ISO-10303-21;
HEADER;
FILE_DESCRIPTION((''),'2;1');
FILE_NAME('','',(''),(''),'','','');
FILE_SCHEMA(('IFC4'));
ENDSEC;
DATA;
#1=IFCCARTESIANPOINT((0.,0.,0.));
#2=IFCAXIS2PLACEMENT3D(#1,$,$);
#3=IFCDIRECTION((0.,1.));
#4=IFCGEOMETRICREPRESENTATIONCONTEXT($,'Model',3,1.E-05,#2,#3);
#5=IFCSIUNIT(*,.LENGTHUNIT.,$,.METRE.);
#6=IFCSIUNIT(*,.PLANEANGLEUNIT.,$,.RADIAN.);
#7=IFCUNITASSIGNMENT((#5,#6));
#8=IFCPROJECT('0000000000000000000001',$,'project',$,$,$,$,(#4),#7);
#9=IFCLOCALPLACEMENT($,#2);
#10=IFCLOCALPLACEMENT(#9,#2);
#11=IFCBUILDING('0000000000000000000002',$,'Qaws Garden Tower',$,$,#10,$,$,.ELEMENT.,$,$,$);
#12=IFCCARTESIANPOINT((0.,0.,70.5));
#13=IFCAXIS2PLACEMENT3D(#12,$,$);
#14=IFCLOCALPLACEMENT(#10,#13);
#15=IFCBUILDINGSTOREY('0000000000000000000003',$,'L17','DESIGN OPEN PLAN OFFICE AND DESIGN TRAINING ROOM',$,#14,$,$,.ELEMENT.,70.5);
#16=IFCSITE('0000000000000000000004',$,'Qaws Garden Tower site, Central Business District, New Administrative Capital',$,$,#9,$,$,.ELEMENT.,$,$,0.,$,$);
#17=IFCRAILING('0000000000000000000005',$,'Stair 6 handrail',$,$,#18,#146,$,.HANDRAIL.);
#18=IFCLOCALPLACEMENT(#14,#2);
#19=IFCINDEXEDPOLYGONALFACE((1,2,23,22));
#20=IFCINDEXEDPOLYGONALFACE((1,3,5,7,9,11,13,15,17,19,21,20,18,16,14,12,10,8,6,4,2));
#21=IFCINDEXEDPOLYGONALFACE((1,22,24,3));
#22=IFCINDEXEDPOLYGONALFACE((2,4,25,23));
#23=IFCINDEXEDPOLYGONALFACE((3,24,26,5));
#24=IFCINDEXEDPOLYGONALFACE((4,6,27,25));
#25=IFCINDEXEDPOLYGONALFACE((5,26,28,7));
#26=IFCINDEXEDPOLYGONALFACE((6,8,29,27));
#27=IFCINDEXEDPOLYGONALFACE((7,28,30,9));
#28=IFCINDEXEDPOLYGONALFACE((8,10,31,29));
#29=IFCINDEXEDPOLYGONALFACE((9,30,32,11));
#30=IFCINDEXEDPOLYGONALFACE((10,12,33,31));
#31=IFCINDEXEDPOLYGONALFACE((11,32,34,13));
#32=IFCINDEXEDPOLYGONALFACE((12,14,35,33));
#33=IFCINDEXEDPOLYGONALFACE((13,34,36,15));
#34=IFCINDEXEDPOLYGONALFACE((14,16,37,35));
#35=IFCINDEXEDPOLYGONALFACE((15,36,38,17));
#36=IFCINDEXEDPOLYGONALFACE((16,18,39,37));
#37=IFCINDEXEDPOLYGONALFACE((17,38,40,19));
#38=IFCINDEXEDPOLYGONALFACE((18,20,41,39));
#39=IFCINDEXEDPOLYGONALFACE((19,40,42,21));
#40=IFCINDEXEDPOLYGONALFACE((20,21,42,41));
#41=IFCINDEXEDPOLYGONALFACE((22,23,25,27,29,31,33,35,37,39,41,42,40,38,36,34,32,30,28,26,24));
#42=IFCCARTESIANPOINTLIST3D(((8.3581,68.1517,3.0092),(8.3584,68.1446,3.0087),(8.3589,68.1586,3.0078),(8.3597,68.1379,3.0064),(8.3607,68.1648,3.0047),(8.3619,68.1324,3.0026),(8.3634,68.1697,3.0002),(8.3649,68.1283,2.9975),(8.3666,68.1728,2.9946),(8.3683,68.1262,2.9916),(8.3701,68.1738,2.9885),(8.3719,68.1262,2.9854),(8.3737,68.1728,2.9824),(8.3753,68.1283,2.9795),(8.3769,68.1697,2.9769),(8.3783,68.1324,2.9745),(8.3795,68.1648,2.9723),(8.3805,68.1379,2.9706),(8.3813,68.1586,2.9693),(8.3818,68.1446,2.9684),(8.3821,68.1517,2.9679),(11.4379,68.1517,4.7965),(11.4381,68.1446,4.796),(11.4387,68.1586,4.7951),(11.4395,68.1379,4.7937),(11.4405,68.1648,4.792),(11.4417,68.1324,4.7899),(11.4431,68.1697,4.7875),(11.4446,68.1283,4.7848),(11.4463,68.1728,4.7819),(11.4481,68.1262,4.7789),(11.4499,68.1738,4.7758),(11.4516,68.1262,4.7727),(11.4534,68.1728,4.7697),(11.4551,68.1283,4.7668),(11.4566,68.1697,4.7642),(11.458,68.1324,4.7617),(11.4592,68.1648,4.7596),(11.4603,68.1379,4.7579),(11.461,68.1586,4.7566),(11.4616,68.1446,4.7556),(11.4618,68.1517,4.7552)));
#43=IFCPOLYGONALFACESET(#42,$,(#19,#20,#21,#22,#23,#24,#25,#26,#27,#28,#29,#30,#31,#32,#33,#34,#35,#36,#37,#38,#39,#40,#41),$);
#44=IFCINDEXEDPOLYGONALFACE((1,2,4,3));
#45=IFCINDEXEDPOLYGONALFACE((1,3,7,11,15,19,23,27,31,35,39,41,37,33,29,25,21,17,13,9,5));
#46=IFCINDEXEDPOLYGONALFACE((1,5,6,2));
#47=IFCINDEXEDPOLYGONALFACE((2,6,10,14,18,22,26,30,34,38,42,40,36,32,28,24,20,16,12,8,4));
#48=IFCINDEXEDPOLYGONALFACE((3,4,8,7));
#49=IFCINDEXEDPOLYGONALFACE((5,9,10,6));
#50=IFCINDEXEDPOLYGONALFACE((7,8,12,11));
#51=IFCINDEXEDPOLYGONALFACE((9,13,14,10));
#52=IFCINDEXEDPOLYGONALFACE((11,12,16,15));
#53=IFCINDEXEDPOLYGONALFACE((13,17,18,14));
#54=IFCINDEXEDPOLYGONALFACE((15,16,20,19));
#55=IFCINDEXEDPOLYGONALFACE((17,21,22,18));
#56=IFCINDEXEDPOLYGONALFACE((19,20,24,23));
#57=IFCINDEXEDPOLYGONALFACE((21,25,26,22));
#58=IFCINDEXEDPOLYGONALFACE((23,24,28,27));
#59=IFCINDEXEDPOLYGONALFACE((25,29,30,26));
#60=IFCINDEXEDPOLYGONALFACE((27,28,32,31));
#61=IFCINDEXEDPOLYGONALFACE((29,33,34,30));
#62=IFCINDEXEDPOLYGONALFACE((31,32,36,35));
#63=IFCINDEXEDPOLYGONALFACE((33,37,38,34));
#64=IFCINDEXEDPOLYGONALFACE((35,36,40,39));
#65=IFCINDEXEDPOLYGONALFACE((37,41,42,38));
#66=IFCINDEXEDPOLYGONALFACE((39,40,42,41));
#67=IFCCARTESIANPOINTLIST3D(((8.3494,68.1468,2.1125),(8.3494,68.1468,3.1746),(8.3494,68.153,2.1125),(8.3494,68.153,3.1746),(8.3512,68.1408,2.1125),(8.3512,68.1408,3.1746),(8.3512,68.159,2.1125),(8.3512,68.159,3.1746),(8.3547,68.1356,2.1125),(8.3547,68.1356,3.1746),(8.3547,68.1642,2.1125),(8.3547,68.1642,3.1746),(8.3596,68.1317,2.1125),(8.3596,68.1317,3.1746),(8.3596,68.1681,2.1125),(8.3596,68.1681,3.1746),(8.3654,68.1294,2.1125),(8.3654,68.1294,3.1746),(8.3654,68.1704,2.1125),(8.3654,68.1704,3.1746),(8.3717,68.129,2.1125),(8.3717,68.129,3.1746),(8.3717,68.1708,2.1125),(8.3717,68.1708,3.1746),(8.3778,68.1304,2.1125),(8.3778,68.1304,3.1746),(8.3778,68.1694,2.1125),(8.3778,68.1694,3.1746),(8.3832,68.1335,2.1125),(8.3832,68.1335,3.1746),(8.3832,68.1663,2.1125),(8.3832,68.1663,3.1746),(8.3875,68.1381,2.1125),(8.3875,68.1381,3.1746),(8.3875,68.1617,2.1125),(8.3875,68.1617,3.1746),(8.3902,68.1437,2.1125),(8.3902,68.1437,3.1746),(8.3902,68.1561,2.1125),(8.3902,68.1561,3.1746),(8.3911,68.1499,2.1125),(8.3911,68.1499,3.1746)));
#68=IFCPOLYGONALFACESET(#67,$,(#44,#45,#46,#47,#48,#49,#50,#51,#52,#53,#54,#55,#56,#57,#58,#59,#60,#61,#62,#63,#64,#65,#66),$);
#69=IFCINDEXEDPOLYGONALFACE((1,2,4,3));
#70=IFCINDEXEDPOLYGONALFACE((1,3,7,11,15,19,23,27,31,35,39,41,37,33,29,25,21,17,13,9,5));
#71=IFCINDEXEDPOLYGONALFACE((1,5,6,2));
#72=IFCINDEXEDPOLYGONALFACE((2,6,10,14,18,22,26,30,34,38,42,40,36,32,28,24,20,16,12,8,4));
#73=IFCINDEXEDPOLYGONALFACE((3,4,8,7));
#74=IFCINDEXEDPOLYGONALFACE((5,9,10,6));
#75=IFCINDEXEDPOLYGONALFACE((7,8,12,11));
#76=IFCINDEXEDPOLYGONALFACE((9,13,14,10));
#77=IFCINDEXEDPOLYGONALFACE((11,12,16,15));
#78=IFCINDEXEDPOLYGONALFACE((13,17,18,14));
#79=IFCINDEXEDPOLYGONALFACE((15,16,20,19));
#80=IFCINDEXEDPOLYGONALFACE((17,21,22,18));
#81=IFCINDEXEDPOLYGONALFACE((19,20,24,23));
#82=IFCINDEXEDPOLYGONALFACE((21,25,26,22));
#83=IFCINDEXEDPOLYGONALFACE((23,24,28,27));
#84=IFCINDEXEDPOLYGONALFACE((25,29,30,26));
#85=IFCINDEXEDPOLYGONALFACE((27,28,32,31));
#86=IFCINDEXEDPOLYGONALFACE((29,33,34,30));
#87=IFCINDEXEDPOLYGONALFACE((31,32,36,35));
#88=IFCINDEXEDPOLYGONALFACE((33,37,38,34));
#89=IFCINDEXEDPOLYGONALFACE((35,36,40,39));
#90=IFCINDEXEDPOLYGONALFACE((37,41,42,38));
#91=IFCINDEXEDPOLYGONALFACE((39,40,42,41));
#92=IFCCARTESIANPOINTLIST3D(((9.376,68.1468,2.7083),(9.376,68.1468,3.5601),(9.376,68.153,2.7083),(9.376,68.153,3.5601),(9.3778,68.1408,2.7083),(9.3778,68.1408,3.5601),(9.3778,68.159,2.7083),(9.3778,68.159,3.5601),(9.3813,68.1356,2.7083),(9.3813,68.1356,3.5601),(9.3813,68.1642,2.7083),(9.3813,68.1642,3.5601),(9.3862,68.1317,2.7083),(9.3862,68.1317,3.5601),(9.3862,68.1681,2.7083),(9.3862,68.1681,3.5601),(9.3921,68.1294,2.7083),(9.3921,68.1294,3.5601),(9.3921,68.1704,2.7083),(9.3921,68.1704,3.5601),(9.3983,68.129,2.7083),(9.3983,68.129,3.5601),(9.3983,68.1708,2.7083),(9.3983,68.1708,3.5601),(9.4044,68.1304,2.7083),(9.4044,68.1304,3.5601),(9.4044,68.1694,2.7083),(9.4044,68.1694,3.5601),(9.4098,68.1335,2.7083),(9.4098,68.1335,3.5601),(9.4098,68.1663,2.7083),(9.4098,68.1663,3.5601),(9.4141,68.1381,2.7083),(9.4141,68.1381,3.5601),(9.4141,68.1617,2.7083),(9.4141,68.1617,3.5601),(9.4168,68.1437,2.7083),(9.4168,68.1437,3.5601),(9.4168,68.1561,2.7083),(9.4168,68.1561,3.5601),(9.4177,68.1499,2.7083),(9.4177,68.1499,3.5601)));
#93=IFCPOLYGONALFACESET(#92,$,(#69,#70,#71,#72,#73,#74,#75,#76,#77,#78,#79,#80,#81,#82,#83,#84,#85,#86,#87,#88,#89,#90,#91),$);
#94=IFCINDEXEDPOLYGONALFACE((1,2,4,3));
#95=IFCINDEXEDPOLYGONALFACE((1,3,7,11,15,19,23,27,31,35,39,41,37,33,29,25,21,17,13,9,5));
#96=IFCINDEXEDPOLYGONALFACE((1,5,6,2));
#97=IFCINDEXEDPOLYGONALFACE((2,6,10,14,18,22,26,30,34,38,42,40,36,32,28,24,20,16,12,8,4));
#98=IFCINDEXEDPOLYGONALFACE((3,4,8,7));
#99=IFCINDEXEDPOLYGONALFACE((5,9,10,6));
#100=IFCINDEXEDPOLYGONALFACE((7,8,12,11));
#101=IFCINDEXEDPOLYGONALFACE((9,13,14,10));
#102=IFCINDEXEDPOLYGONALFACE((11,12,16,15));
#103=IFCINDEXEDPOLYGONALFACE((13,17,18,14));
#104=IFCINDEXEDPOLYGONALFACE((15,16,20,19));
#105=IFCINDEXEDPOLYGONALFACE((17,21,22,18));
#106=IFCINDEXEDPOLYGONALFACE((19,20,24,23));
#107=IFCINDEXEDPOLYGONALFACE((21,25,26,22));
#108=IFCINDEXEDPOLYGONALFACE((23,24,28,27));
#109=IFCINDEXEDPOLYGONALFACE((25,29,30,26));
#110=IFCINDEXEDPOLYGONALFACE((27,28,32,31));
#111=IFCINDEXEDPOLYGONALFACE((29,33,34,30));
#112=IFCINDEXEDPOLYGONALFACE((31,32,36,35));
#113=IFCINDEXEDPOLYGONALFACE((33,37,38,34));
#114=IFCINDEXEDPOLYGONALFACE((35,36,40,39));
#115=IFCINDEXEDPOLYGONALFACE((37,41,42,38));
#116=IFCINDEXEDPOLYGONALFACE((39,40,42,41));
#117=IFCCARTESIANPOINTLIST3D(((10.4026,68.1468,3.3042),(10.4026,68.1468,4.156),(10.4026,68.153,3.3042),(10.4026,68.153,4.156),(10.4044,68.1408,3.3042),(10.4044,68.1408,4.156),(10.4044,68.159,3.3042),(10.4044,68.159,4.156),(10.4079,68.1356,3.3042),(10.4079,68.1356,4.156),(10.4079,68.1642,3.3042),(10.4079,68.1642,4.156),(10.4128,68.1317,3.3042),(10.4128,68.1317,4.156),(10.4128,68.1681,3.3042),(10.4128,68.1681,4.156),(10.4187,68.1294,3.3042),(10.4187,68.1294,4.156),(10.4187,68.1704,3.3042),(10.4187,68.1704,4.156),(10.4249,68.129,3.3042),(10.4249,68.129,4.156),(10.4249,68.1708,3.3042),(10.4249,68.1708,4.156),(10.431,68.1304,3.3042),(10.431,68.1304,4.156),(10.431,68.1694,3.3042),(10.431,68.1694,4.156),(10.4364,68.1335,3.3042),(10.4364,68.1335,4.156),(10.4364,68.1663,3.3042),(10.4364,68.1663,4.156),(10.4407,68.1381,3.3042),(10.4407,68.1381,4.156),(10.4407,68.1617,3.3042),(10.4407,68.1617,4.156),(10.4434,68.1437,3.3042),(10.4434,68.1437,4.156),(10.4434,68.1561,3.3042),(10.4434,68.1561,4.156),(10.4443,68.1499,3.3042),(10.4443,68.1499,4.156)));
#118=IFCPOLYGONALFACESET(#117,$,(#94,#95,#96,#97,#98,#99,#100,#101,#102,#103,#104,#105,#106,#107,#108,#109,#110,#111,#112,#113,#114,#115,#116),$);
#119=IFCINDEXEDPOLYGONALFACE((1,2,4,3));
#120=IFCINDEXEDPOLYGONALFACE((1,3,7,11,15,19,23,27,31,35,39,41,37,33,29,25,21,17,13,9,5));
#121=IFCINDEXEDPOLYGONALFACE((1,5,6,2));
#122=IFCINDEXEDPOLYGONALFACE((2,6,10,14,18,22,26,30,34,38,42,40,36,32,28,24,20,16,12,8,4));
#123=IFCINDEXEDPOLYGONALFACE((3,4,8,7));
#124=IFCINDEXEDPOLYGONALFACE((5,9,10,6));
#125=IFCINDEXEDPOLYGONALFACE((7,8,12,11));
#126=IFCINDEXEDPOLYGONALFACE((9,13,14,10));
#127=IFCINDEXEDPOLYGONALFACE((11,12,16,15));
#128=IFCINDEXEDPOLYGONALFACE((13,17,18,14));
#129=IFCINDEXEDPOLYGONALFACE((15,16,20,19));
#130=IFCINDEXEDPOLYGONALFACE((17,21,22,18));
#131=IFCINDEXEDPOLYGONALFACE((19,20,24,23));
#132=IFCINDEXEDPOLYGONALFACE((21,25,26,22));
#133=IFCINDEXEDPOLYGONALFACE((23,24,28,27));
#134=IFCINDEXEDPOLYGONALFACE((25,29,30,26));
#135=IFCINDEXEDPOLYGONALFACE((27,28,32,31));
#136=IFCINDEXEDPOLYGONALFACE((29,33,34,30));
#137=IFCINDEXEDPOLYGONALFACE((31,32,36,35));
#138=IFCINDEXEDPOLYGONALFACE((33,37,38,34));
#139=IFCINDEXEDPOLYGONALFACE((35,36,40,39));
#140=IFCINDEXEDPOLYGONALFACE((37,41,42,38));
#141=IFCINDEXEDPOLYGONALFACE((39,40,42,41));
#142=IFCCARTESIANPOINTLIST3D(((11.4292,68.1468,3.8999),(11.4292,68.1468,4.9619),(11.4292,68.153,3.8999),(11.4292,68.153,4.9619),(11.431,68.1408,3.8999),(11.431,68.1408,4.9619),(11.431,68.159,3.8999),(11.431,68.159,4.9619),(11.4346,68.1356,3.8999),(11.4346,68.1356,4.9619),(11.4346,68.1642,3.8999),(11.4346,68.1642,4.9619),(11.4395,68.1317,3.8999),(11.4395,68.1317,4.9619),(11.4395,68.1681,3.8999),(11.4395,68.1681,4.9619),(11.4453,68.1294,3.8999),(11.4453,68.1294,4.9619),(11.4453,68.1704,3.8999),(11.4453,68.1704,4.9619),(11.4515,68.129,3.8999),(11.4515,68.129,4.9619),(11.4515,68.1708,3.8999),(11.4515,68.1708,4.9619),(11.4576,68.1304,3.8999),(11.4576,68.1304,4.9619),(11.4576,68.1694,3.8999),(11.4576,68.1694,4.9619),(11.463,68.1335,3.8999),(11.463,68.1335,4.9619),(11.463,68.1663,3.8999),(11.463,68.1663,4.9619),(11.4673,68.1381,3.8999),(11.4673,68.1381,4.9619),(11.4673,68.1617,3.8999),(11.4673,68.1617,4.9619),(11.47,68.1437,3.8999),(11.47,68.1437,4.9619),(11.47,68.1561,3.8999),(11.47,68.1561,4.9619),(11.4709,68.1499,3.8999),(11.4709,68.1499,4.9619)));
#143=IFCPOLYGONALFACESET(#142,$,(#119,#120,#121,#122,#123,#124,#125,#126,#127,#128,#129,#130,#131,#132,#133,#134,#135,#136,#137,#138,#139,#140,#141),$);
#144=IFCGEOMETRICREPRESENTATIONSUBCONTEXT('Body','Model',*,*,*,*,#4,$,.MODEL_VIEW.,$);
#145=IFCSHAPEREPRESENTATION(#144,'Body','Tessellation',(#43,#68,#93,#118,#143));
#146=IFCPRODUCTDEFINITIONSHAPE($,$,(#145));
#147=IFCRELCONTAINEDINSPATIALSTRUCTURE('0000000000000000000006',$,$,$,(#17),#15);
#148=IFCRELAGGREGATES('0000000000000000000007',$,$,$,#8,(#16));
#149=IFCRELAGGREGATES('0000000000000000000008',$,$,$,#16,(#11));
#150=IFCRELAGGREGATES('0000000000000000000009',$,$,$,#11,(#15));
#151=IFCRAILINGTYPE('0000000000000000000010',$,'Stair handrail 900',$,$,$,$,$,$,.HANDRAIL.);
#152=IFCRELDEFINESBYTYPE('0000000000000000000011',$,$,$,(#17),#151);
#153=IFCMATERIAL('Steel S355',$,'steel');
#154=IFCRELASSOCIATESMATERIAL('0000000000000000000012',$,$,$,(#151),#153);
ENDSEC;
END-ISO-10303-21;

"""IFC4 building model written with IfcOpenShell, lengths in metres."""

from ifc_helpers import new_model, si_unit, direction, frame, origin, origin_2d, place, context, subcontext, project, spatial, circle, extrude, material, type_object, element, save


model = new_model("IFC4")

# Units and contexts
model_context = context("Model", 3, precision=1e-05, world=origin(), true_north=direction((0.0, 1.0)))
body_context = subcontext(model_context, "Body", "Model", "MODEL_VIEW")
ifc_project = project(units=[si_unit("LENGTHUNIT", "METRE"), si_unit("PLANEANGLEUNIT", "RADIAN")], contexts=[model_context])

# Site, building, storey
site_placement = place(None, origin())
site = spatial("IfcSite", under=ifc_project, at=site_placement, Name="Qaws Garden Tower site, Central Business District, New Administrative Capital", CompositionType="ELEMENT", RefElevation=0.0)
building_placement = place(site_placement, origin())
building = spatial("IfcBuilding", under=site, at=building_placement, Name="Qaws Garden Tower", CompositionType="ELEMENT")
storey_placement = place(building_placement, frame((0.0, 0.0, 70.5)))
storey = spatial("IfcBuildingStorey", under=building, at=storey_placement, Name="L17", Description="DESIGN OPEN PLAN OFFICE AND DESIGN TRAINING ROOM", CompositionType="ELEMENT", Elevation=70.5)

# Railing
ifc_material_1 = material(Name="Steel S355", Category="steel")
railing_type = type_object("IfcRailingType", Name="Stair handrail 900", PredefinedType="HANDRAIL", material=ifc_material_1)
railing_1_placement = place(storey_placement, frame((8.3701, 68.1499, 2.1125)))
element("IfcRailing", 1, at=railing_1_placement, inside=storey, type_object=railing_type, Name="Stair 6 handrail", PredefinedType="HANDRAIL", context=body_context, shape_type="SweptSolid", body=[
    extrude(circle(Radius=0.0239, at=origin_2d()), frame((0.0, 0.0, 0.876), z_axis=(0.864903, 0.0, 0.501939), x_axis=(0.0, 1.0, 0.0)), (0.0, 0.0, 1.0), 3.5608),
    extrude(circle(Radius=0.021, at=origin_2d()), origin(), (0.0, 0.0, 1.0), 1.062),
    extrude(circle(Radius=0.021, at=origin_2d()), frame((1.0266, 0.0, 0.5957)), (0.0, 0.0, 1.0), 0.8518),
    extrude(circle(Radius=0.021, at=origin_2d()), frame((2.0532, 0.0, 1.1917)), (0.0, 0.0, 1.0), 0.8518),
    extrude(circle(Radius=0.021, at=origin_2d()), frame((3.0798, 0.0, 1.7874)), (0.0, 0.0, 1.0), 1.062),
])

save(model, "model.ifc")
